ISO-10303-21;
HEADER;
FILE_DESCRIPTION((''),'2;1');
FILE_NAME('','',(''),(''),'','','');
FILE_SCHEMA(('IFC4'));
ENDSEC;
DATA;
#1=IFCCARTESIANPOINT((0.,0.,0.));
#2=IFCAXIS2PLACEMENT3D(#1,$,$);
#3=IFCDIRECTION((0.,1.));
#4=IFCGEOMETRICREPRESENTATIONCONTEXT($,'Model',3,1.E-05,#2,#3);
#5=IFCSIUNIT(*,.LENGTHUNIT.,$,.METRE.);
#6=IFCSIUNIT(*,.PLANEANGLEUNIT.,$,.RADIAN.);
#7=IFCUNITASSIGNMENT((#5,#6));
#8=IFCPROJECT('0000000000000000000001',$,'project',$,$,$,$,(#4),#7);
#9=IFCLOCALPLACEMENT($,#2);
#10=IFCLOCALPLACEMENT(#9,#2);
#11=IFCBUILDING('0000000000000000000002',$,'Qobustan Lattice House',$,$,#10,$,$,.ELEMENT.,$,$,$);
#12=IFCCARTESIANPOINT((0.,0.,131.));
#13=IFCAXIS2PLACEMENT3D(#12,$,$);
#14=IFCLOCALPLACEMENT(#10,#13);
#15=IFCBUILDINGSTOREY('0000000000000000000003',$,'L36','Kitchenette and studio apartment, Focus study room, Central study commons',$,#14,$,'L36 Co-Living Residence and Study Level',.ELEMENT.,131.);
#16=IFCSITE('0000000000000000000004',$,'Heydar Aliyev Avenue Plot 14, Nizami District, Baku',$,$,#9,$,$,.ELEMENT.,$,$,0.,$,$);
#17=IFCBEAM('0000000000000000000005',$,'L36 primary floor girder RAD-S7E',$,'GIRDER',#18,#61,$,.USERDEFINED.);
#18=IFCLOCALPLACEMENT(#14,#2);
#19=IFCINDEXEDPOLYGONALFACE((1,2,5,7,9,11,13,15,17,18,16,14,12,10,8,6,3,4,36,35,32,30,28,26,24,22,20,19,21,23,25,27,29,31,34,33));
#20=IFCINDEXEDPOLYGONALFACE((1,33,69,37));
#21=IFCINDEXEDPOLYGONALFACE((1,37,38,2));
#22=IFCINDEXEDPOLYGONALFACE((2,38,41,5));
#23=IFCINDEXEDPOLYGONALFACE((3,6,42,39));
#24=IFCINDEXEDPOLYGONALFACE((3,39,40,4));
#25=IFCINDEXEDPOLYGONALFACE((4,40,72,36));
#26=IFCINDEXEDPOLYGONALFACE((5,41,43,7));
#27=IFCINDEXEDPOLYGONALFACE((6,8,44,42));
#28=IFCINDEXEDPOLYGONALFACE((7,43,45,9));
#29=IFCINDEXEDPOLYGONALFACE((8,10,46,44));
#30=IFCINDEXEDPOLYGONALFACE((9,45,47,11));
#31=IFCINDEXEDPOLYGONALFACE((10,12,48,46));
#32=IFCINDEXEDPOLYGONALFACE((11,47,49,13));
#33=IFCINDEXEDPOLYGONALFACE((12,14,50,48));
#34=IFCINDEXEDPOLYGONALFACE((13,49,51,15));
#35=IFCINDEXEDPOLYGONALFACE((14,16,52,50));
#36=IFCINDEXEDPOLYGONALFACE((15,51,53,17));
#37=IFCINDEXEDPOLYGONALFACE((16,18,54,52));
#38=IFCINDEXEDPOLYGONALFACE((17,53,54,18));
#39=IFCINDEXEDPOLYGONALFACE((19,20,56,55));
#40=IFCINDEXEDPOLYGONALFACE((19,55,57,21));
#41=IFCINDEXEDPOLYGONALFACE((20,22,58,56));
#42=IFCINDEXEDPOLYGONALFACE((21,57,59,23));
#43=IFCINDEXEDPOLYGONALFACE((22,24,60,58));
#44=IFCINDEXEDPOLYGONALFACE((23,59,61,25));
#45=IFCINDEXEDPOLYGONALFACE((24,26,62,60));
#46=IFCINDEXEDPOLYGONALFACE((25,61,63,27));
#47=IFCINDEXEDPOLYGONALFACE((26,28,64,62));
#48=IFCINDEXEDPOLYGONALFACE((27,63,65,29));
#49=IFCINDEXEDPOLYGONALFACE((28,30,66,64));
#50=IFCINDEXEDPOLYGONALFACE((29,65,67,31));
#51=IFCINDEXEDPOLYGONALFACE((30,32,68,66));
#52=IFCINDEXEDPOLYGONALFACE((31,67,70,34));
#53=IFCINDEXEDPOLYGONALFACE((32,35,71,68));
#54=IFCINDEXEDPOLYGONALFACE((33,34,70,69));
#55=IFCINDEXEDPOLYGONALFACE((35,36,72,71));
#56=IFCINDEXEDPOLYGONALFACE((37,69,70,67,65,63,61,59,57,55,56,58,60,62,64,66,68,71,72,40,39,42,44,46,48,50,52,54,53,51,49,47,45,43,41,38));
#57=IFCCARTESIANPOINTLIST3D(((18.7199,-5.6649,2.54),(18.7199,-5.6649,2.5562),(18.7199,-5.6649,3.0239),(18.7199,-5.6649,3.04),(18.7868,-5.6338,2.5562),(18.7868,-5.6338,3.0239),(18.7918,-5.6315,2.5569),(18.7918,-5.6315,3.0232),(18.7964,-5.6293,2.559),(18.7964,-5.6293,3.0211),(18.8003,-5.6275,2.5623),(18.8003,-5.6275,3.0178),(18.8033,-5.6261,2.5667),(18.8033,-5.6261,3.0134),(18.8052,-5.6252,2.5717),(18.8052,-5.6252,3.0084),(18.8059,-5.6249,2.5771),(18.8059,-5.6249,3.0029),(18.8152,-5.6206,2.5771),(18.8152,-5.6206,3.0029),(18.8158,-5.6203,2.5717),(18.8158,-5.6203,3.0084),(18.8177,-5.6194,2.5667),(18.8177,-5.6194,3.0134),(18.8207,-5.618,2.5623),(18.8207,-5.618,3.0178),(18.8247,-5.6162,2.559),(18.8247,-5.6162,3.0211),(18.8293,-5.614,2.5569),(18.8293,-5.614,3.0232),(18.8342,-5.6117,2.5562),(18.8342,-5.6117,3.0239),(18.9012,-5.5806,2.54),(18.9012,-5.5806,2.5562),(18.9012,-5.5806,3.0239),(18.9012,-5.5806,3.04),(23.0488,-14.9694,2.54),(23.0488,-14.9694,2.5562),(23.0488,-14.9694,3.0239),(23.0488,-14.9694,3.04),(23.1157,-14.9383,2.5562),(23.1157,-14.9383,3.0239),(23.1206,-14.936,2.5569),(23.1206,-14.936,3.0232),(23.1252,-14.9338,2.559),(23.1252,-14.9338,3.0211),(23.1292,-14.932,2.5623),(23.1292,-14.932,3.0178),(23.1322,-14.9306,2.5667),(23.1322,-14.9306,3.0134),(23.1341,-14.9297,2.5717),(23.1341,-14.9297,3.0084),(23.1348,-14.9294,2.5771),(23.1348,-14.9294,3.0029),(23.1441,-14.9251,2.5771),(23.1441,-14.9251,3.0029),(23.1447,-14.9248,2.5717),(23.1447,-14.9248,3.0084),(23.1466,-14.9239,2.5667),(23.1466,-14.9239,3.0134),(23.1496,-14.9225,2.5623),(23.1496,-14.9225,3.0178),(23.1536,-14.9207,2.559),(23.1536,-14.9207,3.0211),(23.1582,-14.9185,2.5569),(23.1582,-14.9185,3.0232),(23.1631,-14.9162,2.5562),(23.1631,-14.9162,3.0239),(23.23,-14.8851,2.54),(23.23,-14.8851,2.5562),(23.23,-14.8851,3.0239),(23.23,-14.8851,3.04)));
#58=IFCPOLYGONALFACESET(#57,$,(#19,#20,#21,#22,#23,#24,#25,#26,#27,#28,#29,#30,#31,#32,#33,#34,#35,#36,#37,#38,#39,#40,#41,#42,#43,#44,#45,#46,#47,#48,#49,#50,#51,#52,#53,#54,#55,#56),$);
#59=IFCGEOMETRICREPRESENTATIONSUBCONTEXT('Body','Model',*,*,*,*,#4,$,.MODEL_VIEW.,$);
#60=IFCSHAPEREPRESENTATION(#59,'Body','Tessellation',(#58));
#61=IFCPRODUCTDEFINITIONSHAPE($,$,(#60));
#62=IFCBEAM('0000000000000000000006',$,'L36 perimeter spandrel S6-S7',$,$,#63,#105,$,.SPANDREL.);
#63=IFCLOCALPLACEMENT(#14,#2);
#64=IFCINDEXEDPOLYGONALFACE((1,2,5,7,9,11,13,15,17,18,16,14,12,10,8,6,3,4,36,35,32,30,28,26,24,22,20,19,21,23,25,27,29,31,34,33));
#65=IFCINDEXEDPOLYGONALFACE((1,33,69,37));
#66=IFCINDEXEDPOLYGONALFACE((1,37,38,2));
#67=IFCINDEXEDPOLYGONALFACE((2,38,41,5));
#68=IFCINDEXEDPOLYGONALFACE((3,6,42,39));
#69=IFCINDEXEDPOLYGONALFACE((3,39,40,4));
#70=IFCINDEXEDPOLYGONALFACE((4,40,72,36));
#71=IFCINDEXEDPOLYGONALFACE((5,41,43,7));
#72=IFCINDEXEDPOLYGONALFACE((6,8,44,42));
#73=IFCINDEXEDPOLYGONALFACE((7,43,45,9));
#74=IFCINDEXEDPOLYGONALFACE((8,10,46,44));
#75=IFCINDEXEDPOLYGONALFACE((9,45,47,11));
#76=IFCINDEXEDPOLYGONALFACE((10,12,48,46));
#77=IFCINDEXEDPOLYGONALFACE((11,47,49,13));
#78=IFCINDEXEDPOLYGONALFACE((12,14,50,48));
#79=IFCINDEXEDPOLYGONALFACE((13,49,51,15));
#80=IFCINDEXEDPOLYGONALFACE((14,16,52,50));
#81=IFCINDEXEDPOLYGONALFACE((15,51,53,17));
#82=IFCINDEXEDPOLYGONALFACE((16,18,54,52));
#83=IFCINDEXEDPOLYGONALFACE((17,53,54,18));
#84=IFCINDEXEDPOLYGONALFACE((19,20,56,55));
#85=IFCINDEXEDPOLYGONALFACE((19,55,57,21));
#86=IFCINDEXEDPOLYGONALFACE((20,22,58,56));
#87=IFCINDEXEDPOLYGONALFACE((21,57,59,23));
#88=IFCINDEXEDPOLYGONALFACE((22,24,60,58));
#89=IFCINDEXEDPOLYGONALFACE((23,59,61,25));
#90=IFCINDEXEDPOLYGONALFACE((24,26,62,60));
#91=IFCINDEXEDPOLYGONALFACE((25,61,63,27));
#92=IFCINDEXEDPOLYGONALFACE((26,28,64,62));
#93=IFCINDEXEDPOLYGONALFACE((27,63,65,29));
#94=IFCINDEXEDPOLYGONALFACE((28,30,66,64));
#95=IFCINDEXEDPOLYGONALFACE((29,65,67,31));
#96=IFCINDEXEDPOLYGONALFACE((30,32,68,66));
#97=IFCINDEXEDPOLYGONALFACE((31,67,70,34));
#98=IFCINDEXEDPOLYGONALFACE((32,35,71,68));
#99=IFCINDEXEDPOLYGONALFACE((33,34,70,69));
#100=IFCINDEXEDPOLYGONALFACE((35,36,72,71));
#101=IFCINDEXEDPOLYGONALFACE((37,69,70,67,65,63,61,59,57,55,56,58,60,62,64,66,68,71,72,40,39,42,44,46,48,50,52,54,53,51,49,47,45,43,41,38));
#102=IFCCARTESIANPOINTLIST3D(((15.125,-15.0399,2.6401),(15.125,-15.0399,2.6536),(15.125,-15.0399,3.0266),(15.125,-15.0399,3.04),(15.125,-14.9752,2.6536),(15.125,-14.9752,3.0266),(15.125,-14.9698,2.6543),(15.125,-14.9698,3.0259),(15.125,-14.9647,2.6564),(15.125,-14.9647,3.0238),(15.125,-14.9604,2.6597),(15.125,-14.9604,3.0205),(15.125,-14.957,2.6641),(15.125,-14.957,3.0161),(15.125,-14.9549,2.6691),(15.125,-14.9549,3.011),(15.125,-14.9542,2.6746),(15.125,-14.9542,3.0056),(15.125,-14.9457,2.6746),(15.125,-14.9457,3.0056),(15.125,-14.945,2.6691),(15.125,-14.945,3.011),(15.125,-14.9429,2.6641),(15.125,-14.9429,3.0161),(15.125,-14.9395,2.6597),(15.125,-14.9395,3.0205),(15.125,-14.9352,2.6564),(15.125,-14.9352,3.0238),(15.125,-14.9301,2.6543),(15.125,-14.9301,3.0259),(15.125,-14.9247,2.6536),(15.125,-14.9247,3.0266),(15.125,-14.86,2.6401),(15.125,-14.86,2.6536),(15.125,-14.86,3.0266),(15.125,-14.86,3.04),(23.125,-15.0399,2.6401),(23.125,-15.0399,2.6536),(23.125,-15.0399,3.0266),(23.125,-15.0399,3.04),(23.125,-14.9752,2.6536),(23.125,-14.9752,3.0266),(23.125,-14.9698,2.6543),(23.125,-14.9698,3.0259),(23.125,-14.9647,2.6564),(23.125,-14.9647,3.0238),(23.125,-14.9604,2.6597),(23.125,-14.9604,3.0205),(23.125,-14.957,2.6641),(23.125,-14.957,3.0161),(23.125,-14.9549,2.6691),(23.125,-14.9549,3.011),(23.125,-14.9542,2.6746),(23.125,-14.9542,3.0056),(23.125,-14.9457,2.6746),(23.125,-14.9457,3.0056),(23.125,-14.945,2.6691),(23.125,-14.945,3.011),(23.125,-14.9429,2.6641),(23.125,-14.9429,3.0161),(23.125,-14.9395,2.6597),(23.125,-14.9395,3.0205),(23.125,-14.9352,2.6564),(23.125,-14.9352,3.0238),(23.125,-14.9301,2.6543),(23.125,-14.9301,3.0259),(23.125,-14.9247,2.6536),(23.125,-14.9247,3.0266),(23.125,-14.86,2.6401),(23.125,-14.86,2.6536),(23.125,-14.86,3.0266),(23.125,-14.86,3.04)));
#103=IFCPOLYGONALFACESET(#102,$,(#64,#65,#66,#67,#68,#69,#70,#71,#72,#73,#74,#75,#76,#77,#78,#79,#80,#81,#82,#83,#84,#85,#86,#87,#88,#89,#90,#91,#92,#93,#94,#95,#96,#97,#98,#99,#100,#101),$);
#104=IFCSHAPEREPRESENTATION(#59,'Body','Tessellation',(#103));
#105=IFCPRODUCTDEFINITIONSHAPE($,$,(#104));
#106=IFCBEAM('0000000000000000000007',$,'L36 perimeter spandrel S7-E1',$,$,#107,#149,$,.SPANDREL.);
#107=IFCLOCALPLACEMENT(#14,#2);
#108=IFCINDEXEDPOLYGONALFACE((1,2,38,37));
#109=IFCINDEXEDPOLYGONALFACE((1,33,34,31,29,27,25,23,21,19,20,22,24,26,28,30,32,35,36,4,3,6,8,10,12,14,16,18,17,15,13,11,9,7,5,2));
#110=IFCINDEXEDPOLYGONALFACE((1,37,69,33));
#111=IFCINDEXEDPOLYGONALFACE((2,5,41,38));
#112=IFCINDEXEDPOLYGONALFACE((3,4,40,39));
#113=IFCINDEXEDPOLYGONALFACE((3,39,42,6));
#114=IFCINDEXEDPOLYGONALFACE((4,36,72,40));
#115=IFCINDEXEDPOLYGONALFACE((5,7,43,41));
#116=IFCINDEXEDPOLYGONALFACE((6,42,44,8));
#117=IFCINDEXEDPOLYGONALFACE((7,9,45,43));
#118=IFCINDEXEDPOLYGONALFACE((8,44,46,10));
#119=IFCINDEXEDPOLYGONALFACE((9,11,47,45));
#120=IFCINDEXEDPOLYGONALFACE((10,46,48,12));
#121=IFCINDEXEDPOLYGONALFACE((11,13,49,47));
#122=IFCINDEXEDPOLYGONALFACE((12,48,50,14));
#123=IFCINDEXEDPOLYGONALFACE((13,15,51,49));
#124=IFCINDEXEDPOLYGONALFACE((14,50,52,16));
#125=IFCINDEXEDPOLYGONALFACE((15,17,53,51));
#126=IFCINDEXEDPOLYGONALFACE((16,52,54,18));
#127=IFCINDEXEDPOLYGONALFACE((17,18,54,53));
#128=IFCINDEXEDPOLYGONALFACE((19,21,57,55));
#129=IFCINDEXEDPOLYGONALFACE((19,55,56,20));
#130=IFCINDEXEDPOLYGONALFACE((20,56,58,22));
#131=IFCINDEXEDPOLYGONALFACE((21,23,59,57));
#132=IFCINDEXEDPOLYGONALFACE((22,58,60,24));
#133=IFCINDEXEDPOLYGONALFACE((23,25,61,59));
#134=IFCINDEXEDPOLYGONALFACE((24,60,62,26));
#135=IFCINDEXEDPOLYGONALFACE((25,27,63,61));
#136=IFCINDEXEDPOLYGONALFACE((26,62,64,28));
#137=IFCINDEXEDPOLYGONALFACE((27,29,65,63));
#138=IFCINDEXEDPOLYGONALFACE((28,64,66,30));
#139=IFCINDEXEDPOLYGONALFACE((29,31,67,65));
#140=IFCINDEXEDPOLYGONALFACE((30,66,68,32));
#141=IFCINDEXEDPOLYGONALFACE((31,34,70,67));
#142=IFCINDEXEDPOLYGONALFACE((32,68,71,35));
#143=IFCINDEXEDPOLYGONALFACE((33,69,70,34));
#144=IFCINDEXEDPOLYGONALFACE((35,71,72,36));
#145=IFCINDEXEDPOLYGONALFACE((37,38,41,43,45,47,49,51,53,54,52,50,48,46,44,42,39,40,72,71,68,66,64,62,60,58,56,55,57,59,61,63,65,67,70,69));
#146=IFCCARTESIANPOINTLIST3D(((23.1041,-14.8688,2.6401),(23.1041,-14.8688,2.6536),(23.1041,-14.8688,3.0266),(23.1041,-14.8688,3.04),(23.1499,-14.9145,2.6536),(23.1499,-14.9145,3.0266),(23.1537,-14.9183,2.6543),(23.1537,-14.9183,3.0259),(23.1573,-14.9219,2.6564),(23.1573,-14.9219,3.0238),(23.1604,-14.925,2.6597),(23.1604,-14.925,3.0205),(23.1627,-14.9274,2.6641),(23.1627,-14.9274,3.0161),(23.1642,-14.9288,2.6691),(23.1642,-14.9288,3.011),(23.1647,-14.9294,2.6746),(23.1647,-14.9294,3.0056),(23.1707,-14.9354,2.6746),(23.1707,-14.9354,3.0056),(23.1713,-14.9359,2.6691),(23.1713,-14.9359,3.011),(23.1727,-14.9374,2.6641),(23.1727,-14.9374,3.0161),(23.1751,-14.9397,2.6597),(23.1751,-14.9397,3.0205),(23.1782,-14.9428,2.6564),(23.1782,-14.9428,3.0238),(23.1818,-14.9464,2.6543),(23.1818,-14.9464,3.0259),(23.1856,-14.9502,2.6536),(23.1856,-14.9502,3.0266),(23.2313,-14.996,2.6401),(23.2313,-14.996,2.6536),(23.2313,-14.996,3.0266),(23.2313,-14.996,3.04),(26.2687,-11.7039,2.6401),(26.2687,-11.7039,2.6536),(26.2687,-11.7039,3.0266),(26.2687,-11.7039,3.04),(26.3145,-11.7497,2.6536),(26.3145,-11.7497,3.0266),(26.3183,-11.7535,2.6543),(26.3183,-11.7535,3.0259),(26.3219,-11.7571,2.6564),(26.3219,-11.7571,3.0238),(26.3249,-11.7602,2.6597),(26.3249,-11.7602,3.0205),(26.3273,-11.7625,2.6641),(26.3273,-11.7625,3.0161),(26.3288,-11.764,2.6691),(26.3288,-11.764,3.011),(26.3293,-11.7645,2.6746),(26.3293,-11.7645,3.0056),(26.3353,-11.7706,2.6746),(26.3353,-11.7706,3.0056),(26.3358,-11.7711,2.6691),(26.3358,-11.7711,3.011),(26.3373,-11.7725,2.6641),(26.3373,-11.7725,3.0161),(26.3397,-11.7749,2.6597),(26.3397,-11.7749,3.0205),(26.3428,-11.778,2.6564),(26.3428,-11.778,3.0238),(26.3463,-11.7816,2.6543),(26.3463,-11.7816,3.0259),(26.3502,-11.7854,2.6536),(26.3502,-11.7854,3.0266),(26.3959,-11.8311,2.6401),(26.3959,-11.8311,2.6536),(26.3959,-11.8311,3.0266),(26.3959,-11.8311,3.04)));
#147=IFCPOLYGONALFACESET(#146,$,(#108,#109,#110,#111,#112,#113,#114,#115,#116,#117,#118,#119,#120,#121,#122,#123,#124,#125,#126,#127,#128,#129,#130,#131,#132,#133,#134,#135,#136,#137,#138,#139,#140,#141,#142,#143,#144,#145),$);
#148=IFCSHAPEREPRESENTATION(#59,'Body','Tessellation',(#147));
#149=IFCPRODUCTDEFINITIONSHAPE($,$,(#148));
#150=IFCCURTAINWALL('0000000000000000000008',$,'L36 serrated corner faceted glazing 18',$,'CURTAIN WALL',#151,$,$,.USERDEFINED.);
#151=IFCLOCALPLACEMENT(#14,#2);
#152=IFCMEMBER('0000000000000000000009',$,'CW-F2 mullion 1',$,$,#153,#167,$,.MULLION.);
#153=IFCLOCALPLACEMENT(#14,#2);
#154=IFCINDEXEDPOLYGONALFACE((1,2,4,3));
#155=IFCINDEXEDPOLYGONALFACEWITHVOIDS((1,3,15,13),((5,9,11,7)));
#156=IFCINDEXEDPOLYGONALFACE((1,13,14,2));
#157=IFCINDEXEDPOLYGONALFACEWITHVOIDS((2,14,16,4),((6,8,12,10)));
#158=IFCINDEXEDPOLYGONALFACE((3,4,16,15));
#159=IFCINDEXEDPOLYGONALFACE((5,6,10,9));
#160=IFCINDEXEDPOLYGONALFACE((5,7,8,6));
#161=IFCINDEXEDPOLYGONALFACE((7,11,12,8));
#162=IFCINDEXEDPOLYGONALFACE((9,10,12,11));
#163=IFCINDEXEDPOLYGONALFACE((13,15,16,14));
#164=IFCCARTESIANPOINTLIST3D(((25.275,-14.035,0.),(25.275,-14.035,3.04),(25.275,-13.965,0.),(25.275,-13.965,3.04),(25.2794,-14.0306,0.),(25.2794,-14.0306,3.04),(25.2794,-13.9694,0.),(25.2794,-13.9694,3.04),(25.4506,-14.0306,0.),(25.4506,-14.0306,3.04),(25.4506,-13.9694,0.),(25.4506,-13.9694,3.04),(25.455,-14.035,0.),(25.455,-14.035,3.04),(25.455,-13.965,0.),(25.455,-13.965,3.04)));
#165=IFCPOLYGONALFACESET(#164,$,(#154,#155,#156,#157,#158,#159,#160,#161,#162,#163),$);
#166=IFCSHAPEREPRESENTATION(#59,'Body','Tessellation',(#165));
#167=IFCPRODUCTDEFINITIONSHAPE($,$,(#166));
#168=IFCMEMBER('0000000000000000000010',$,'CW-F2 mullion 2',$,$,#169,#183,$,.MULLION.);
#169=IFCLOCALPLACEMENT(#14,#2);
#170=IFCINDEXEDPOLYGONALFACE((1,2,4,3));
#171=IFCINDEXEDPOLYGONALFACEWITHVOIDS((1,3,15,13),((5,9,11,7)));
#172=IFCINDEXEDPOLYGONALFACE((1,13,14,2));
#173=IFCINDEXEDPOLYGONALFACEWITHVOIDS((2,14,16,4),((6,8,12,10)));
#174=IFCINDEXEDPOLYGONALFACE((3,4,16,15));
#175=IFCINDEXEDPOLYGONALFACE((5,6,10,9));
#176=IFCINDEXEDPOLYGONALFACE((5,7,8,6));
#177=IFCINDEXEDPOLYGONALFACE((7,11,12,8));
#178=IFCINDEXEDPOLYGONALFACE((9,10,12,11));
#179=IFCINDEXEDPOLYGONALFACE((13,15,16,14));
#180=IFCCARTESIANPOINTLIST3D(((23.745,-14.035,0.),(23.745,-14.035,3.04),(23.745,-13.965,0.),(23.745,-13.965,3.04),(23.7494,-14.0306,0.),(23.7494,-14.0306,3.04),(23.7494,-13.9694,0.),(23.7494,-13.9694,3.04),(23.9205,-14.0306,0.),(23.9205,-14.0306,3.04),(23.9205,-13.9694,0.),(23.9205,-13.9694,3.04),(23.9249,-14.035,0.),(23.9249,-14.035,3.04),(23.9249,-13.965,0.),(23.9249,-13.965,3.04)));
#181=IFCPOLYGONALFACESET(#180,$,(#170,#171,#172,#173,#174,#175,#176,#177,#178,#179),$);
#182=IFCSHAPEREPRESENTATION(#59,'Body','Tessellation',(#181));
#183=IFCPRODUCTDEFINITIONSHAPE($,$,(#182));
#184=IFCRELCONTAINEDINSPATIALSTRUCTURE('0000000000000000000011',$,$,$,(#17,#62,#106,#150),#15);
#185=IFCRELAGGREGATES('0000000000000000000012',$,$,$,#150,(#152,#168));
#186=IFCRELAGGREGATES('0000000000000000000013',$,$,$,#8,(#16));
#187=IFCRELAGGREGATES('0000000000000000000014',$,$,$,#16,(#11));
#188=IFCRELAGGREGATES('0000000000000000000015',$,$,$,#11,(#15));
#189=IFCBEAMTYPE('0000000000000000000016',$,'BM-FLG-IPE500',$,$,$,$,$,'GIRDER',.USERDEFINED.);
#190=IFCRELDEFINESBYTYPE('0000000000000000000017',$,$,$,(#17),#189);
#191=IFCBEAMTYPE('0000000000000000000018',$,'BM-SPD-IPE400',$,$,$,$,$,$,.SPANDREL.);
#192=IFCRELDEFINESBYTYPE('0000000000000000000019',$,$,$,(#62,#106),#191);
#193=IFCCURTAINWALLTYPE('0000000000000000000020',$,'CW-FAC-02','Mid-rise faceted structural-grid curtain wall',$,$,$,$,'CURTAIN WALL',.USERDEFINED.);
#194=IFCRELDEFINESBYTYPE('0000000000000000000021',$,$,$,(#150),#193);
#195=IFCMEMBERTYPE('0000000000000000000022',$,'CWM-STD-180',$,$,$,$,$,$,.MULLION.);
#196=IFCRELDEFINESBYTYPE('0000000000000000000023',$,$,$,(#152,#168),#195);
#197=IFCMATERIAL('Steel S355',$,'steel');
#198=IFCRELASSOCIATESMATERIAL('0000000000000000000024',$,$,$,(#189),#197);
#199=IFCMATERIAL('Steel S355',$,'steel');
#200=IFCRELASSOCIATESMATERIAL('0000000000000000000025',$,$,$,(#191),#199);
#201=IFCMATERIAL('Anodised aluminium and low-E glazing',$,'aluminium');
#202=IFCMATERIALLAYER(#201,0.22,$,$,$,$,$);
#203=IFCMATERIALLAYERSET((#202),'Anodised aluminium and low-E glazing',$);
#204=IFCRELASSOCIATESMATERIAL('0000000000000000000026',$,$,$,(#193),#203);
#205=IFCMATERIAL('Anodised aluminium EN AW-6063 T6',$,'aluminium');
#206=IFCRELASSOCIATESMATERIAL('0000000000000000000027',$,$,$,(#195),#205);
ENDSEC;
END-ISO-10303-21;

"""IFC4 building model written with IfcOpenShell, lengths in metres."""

from ifc_helpers import new_model, si_unit, direction, frame, origin, origin_2d, place, context, subcontext, project, spatial, hollow_rectangle, i_section, extrude, material, layer, layer_set, material_profile, profile_set, type_object, element, aggregate, save


model = new_model("IFC4")

# Units and contexts
model_context = context("Model", 3, precision=1e-05, world=origin(), true_north=direction((0.0, 1.0)))
body_context = subcontext(model_context, "Body", "Model", "MODEL_VIEW")
ifc_project = project(units=[si_unit("LENGTHUNIT", "METRE"), si_unit("PLANEANGLEUNIT", "RADIAN")], contexts=[model_context])

# Site, building, storey
site_placement = place(None, origin())
site = spatial("IfcSite", under=ifc_project, at=site_placement, Name="Heydar Aliyev Avenue Plot 14, Nizami District, Baku", CompositionType="ELEMENT", RefElevation=0.0)
building_placement = place(site_placement, origin())
building = spatial("IfcBuilding", under=site, at=building_placement, Name="Qobustan Lattice House", CompositionType="ELEMENT")
storey_placement = place(building_placement, frame((0.0, 0.0, 131.0)))
storey = spatial("IfcBuildingStorey", under=building, at=storey_placement, Name="L36", Description="Kitchenette and studio apartment, Focus study room, Central study commons", LongName="L36 Co-Living Residence and Study Level", CompositionType="ELEMENT", Elevation=131.0)

# Beams
ifc_material_1 = material(Name="Steel S355", Category="steel")
ifc_material_profile_1 = material_profile(ifc_material_1, i_section(OverallWidth=0.2, OverallDepth=0.5, WebThickness=0.0103, FlangeThickness=0.0161, FilletRadius=0.021, at=origin_2d()), Name="IPE500")
ifc_profile_set_1 = profile_set([ifc_material_profile_1], Name="Steel S355")
beam_type_1 = type_object("IfcBeamType", Name="BM-FLG-IPE500", ElementType="GIRDER", PredefinedType="USERDEFINED", material=ifc_profile_set_1)
beam_1_placement = place(storey_placement, frame((23.1394, -14.9272, 2.79), z_axis=(-0.421828, 0.906676, 0.0), x_axis=(-0.906676, -0.421828, 0.0)))
element("IfcBeam", 1, at=beam_1_placement, inside=storey, type_object=beam_type_1, Name="L36 primary floor girder RAD-S7E", ObjectType="GIRDER", PredefinedType="USERDEFINED", context=body_context, shape_type="SweptSolid", body=[
    extrude(i_section(OverallWidth=0.2, OverallDepth=0.5, WebThickness=0.0103, FlangeThickness=0.0161, FilletRadius=0.021, at=origin_2d()), origin(), (0.0, 0.0, 1.0), 10.2622),
])
ifc_material_2 = material(Name="Steel S355", Category="steel")
ifc_material_profile_2 = material_profile(ifc_material_2, i_section(OverallWidth=0.1799, OverallDepth=0.3999, WebThickness=0.0085, FlangeThickness=0.0134, FilletRadius=0.021, at=origin_2d()), Name="IPE400")
ifc_profile_set_2 = profile_set([ifc_material_profile_2], Name="Steel S355")
beam_type_2 = type_object("IfcBeamType", Name="BM-SPD-IPE400", PredefinedType="SPANDREL", material=ifc_profile_set_2)
beam_2_placement = place(storey_placement, frame((15.125, -14.95, 2.8401), z_axis=(1.0, 0.0, 0.0), x_axis=(0.0, 1.0, 0.0)))
element("IfcBeam", 2, at=beam_2_placement, inside=storey, type_object=beam_type_2, Name="L36 perimeter spandrel S6-S7", PredefinedType="SPANDREL", context=body_context, shape_type="SweptSolid", body=[
    extrude(i_section(OverallWidth=0.1799, OverallDepth=0.3999, WebThickness=0.0085, FlangeThickness=0.0134, FilletRadius=0.021, at=origin_2d()), origin(), (0.0, 0.0, 1.0), 8.0),
])
beam_3_placement = place(storey_placement, frame((23.1677, -14.9324, 2.8401), z_axis=(0.70708, 0.707134, 0.0), x_axis=(-0.707134, 0.70708, 0.0)))
element("IfcBeam", 3, at=beam_3_placement, inside=storey, type_object=beam_type_2, Name="L36 perimeter spandrel S7-E1", PredefinedType="SPANDREL", context=body_context, shape_type="SweptSolid", body=[
    extrude(i_section(OverallWidth=0.1799, OverallDepth=0.3999, WebThickness=0.0085, FlangeThickness=0.0134, FilletRadius=0.021, at=origin_2d()), origin(), (0.0, 0.0, 1.0), 4.4756),
])

# Curtain wall, members
ifc_material_3 = material(Name="Anodised aluminium and low-E glazing", Category="aluminium")
ifc_layer_1 = layer(ifc_material_3, 0.22)
ifc_layer_set_1 = layer_set([ifc_layer_1], Name="Anodised aluminium and low-E glazing")
curtain_wall_type = type_object("IfcCurtainWallType", Name="CW-FAC-02", Description="Mid-rise faceted structural-grid curtain wall", ElementType="CURTAIN WALL", PredefinedType="USERDEFINED", material=ifc_layer_set_1)
curtain_wall_placement = place(storey_placement, origin())
curtain_wall = element("IfcCurtainWall", 4, at=curtain_wall_placement, inside=storey, type_object=curtain_wall_type, Name="L36 serrated corner faceted glazing 18", ObjectType="CURTAIN WALL", PredefinedType="USERDEFINED")
ifc_material_4 = material(Name="Anodised aluminium EN AW-6063 T6", Category="aluminium")
ifc_material_profile_3 = material_profile(ifc_material_4, hollow_rectangle(XDim=0.0701, YDim=0.1799, WallThickness=0.0044, at=origin_2d()), Name="CWM-180x70")
ifc_profile_set_3 = profile_set([ifc_material_profile_3], Name="Anodised aluminium EN AW-6063 T6")
member_type_1 = type_object("IfcMemberType", Name="CWM-STD-180", PredefinedType="MULLION", material=ifc_profile_set_3)
member_1_placement = place(storey_placement, frame((25.365, -14.0, 0.0), z_axis=(0.0, 0.0, 1.0), x_axis=(0.0, -1.0, 0.0)))
member_1 = element("IfcMember", 5, at=member_1_placement, type_object=member_type_1, Name="CW-F2 mullion 1", PredefinedType="MULLION", context=body_context, shape_type="SweptSolid", body=[
    extrude(hollow_rectangle(XDim=0.0701, YDim=0.1799, WallThickness=0.0044, at=origin_2d()), origin(), (0.0, 0.0, 1.0), 3.04),
])
member_2_placement = place(storey_placement, frame((23.835, -14.0, 0.0), z_axis=(0.0, 0.0, 1.0), x_axis=(0.0, -1.0, 0.0)))
member_2 = element("IfcMember", 6, at=member_2_placement, type_object=member_type_1, Name="CW-F2 mullion 2", PredefinedType="MULLION", context=body_context, shape_type="SweptSolid", body=[
    extrude(hollow_rectangle(XDim=0.0701, YDim=0.1799, WallThickness=0.0044, at=origin_2d()), origin(), (0.0, 0.0, 1.0), 3.04),
])
aggregate(curtain_wall, [member_1, member_2])

save(model, "model.ifc")
